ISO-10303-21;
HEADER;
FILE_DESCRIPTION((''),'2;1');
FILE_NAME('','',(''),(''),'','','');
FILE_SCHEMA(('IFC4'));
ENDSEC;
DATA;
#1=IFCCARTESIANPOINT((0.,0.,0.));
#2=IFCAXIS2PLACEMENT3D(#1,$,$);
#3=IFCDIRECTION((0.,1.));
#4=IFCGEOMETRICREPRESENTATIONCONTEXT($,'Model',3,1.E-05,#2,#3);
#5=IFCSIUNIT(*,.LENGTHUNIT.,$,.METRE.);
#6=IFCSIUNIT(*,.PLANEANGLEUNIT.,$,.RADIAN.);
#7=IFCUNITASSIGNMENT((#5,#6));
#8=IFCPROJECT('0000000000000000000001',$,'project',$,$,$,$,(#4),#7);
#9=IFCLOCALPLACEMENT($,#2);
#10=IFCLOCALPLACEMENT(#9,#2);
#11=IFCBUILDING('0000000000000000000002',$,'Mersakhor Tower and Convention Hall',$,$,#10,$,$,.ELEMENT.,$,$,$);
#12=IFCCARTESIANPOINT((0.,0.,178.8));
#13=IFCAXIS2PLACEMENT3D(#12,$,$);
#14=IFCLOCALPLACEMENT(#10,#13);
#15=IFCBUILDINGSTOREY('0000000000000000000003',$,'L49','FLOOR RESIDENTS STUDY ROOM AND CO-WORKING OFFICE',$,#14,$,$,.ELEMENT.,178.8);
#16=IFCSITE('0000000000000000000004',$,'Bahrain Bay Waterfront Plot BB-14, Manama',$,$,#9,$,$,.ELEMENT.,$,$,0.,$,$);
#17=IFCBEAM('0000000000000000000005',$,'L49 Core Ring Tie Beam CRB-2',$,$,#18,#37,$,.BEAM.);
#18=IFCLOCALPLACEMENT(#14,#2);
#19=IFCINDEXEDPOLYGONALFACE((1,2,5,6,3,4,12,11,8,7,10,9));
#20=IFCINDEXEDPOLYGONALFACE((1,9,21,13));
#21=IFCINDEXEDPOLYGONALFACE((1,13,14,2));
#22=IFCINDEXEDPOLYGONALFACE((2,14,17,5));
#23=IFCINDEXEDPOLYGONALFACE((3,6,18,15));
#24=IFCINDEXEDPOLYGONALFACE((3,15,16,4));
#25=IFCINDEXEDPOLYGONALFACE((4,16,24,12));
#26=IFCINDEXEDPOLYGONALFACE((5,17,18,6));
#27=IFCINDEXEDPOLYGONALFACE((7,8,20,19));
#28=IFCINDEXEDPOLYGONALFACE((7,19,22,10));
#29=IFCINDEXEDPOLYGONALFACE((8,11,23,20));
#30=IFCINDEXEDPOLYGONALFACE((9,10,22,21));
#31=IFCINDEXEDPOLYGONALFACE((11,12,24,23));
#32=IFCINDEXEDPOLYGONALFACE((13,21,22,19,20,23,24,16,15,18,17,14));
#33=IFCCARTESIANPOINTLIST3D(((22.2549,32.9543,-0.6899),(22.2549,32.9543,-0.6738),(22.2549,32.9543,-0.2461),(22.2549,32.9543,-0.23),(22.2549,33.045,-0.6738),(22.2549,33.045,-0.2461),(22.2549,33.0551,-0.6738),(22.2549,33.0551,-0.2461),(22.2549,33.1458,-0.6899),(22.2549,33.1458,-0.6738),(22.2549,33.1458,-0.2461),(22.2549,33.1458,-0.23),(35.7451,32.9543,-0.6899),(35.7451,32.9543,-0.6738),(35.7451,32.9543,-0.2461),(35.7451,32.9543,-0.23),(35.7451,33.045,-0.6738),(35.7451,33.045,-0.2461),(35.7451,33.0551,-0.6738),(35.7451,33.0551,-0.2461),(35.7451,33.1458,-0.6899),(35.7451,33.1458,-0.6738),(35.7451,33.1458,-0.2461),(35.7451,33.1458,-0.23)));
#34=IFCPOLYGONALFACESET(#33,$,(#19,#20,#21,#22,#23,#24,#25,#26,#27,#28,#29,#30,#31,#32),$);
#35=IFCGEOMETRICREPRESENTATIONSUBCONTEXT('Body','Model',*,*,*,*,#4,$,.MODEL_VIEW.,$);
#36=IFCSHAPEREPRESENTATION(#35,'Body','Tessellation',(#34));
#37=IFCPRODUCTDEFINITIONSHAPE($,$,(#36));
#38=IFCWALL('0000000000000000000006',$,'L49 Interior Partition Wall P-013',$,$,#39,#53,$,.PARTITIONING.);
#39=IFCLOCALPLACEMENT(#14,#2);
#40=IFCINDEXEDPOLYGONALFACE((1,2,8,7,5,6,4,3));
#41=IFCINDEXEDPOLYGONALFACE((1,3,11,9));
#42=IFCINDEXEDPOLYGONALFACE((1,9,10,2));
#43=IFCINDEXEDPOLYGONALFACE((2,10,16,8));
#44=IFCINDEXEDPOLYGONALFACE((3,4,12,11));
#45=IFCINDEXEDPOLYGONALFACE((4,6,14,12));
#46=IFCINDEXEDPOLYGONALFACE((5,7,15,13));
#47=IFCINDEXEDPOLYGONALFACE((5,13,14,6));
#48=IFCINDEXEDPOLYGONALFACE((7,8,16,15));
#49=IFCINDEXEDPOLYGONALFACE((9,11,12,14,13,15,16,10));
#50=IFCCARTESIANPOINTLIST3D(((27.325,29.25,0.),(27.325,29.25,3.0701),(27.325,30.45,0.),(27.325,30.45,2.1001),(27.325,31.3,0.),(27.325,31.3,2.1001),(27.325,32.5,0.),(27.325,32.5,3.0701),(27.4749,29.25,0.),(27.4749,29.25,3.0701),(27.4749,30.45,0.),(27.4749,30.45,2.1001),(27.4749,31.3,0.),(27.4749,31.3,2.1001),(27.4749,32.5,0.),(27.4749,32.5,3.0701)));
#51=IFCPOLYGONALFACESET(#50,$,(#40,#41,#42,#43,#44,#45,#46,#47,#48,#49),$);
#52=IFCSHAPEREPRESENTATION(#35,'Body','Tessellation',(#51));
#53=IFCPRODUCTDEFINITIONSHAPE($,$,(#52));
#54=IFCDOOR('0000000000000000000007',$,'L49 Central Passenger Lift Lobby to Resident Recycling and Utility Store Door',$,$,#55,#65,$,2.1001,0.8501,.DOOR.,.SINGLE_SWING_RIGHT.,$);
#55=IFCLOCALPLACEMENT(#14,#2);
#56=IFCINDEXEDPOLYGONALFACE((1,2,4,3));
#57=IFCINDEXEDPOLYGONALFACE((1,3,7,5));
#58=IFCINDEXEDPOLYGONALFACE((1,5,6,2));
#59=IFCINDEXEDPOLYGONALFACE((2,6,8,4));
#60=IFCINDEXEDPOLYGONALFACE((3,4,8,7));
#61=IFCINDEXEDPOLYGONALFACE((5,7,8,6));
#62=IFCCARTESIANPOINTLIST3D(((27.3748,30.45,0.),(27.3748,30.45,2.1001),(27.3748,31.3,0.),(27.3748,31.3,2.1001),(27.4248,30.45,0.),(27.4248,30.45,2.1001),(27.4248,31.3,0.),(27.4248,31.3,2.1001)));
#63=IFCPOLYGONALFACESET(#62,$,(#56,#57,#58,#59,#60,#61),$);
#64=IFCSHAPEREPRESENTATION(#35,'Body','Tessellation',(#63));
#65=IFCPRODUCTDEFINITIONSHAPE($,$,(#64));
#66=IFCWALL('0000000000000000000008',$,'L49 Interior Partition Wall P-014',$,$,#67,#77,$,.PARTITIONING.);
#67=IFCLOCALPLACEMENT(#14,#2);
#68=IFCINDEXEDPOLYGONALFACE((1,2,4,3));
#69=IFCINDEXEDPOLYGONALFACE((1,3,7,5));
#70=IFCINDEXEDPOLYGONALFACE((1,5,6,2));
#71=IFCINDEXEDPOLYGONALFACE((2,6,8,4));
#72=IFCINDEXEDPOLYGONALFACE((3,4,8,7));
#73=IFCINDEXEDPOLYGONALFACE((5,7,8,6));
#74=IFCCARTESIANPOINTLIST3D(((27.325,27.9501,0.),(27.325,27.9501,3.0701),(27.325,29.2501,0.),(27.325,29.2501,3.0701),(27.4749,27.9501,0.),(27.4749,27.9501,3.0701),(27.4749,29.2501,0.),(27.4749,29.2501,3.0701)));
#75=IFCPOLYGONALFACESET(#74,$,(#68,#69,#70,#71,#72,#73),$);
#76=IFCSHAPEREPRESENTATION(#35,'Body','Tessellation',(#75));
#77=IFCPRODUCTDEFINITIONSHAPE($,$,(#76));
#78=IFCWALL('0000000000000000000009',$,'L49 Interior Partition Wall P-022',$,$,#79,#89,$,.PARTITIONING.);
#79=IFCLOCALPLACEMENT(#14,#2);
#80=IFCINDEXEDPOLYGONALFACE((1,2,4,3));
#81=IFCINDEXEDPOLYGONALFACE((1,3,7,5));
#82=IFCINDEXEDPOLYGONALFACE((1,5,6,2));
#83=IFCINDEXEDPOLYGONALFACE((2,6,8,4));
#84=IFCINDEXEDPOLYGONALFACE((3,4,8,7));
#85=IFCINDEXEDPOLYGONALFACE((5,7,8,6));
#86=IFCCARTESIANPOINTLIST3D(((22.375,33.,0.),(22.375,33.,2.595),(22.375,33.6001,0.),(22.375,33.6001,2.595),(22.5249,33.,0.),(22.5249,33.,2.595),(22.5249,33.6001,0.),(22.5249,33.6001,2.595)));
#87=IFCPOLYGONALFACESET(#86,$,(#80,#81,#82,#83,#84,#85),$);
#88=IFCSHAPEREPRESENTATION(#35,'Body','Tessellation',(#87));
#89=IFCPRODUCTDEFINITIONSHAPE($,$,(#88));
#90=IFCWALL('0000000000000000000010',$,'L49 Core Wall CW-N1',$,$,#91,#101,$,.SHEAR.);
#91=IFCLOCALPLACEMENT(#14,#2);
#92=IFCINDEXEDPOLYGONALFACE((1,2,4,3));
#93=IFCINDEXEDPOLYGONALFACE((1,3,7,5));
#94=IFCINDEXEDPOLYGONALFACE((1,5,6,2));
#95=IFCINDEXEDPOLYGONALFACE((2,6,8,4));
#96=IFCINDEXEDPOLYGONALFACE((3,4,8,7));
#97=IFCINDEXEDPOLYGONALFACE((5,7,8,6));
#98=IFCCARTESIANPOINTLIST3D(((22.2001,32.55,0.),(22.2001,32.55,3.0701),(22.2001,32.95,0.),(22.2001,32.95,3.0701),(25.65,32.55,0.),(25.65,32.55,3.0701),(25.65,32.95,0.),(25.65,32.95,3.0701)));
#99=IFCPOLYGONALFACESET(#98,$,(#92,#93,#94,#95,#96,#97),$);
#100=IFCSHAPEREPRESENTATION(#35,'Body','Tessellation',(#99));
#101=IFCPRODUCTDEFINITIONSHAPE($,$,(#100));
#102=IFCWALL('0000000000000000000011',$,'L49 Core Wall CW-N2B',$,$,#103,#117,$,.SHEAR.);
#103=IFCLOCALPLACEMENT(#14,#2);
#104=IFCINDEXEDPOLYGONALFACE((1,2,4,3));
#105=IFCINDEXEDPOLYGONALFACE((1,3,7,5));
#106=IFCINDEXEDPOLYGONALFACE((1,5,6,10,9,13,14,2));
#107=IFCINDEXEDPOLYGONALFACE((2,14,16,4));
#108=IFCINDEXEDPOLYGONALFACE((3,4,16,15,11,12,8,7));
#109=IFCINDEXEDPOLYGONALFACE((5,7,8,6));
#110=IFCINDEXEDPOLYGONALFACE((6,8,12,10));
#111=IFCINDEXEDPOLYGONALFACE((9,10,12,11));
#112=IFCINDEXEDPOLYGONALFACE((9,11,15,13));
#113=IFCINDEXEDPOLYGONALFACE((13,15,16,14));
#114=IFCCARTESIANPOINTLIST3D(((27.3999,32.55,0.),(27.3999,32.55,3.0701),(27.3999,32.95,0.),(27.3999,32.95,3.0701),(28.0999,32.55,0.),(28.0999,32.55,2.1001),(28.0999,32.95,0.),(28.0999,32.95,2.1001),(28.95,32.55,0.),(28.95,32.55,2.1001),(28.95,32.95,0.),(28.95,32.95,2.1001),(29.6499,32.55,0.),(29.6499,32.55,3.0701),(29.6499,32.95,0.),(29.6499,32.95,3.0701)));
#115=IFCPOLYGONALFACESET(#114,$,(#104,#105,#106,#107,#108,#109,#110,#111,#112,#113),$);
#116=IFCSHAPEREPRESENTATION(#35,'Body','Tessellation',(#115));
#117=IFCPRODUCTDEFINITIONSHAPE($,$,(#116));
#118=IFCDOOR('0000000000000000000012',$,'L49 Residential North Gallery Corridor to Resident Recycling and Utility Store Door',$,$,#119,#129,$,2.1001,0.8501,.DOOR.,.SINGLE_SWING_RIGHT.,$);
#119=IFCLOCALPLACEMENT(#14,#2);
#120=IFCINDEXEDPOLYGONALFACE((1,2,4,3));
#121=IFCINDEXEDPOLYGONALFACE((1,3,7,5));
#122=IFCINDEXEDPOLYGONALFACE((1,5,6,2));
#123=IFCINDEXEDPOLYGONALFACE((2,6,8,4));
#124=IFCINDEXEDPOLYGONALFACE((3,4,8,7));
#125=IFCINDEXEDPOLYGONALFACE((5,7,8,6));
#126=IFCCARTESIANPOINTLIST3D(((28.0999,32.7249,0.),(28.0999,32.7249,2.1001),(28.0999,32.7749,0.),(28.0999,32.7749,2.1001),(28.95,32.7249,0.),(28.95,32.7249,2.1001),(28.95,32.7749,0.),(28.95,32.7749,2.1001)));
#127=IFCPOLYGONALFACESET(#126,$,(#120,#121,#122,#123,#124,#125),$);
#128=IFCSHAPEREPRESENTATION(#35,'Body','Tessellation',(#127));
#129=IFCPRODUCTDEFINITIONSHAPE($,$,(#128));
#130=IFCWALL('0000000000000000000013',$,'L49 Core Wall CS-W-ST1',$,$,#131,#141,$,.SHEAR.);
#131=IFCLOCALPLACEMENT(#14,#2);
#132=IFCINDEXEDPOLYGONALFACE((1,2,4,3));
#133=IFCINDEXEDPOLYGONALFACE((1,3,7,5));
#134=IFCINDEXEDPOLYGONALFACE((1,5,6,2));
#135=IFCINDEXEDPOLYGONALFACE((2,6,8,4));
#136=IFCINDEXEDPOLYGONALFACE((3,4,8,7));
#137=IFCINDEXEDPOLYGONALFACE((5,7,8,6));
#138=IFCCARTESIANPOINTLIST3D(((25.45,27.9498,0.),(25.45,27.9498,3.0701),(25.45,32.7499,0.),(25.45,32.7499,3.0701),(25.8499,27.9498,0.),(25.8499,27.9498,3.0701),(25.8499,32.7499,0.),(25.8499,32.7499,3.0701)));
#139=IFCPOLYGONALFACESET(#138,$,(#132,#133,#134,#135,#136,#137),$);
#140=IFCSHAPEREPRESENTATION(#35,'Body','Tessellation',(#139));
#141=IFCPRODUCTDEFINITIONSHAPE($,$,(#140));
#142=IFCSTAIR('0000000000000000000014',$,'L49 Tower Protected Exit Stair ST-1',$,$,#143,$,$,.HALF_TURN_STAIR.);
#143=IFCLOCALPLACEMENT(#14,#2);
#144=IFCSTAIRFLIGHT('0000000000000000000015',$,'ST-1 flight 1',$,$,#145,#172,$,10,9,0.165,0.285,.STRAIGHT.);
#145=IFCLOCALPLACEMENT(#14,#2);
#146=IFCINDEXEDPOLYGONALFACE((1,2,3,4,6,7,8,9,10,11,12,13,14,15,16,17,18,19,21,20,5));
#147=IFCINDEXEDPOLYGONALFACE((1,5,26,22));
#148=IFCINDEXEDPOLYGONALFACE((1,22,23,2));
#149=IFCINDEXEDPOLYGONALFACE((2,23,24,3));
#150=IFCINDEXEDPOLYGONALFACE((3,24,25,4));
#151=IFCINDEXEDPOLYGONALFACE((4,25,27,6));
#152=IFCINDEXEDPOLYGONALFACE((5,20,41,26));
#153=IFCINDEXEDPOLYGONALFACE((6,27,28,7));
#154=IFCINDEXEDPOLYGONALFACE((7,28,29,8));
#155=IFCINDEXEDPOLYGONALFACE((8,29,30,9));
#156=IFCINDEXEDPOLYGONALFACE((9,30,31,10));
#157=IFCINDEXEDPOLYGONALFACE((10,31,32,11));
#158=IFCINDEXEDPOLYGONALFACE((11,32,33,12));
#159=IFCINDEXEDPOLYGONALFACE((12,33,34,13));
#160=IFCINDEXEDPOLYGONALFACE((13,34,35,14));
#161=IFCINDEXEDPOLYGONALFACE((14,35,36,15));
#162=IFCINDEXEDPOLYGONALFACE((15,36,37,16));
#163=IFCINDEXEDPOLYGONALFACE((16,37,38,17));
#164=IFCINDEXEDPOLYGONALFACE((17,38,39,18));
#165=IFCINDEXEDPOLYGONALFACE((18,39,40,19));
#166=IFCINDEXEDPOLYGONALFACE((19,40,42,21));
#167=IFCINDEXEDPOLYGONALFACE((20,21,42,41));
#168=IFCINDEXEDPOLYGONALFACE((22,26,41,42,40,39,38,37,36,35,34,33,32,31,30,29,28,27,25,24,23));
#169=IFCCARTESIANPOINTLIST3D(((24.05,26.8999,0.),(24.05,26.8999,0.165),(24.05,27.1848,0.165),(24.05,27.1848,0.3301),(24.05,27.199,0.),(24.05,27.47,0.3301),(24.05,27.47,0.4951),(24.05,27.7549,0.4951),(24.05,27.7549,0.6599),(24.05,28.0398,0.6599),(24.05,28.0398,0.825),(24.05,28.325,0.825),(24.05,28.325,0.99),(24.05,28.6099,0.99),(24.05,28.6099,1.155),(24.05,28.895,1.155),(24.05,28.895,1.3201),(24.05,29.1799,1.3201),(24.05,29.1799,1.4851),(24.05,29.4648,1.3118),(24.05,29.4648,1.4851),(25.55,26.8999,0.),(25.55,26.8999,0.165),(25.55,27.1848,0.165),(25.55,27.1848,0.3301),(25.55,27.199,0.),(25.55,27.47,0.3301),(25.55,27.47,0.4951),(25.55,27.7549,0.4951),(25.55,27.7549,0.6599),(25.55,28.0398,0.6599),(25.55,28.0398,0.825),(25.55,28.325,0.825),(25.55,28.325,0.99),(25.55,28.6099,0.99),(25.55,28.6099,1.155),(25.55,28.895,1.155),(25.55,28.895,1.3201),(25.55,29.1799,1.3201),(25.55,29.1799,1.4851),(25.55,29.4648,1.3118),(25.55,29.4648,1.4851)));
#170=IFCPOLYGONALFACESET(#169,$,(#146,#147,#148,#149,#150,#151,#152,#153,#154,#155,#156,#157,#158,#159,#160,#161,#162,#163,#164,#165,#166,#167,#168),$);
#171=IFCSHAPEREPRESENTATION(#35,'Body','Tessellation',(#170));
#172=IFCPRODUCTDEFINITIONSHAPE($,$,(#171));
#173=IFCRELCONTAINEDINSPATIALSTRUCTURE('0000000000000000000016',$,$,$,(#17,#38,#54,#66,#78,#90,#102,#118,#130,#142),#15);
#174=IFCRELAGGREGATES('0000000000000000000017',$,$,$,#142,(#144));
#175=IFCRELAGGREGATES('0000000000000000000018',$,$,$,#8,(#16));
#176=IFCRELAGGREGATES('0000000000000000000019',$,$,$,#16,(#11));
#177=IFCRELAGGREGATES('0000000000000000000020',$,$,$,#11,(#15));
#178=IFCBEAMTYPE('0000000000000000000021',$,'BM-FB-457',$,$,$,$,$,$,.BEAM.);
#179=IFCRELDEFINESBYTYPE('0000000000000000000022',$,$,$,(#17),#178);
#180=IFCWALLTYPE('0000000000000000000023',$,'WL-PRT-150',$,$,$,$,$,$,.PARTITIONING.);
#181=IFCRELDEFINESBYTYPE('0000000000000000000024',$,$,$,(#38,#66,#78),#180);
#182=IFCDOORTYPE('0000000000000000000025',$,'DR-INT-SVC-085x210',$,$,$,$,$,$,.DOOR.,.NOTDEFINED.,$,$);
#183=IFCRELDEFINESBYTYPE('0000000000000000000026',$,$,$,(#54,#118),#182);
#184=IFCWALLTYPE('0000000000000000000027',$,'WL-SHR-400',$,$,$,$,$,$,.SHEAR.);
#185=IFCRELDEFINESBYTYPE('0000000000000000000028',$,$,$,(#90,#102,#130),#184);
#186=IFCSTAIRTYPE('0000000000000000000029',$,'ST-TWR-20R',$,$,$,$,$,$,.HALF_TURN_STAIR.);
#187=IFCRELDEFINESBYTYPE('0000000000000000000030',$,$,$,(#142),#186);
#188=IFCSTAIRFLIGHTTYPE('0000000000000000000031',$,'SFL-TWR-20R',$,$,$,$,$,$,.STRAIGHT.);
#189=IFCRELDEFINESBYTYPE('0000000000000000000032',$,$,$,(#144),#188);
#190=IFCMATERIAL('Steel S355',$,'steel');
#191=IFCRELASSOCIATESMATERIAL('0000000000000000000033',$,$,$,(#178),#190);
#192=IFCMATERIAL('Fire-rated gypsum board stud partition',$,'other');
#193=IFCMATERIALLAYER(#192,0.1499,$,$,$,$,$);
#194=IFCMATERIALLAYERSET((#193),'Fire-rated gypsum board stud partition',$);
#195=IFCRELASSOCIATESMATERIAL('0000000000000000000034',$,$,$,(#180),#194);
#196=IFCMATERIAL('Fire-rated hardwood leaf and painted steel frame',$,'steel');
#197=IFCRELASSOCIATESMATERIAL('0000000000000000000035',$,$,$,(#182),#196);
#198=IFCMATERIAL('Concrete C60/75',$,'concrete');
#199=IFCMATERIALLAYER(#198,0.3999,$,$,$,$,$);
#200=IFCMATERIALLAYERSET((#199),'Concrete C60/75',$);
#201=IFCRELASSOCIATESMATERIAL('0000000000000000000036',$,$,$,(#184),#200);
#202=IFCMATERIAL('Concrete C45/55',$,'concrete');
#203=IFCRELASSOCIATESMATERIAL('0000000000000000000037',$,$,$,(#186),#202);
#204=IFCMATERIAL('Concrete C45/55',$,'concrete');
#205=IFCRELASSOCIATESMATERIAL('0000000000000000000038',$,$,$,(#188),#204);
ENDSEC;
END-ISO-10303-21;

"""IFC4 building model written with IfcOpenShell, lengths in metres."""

from ifc_helpers import new_model, si_unit, direction, frame, frame_2d, origin, origin_2d, place, context, subcontext, project, spatial, polyline, rectangle, i_section, outline, extrude, material, layer, layer_set, material_profile, profile_set, type_object, element, fill, aggregate, save


model = new_model("IFC4")

# Units and contexts
model_context = context("Model", 3, precision=1e-05, world=origin(), true_north=direction((0.0, 1.0)))
body_context = subcontext(model_context, "Body", "Model", "MODEL_VIEW")
ifc_project = project(units=[si_unit("LENGTHUNIT", "METRE"), si_unit("PLANEANGLEUNIT", "RADIAN")], contexts=[model_context])

# Site, building, storey
site_placement = place(None, origin())
site = spatial("IfcSite", under=ifc_project, at=site_placement, Name="Bahrain Bay Waterfront Plot BB-14, Manama", CompositionType="ELEMENT", RefElevation=0.0)
building_placement = place(site_placement, origin())
building = spatial("IfcBuilding", under=site, at=building_placement, Name="Mersakhor Tower and Convention Hall", CompositionType="ELEMENT")
storey_placement = place(building_placement, frame((0.0, 0.0, 178.8)))
storey = spatial("IfcBuildingStorey", under=building, at=storey_placement, Name="L49", Description="FLOOR RESIDENTS STUDY ROOM AND CO-WORKING OFFICE", CompositionType="ELEMENT", Elevation=178.8)

# Beam
ifc_material_1 = material(Name="Steel S355", Category="steel")
ifc_material_profile = material_profile(ifc_material_1, i_section(OverallWidth=0.1914, OverallDepth=0.46, WebThickness=0.01, FlangeThickness=0.0161, at=origin_2d()), Name="UB 457x191x82")
ifc_profile_set = profile_set([ifc_material_profile], Name="Steel S355")
beam_type = type_object("IfcBeamType", Name="BM-FB-457", PredefinedType="BEAM", material=ifc_profile_set)
beam_placement = place(storey_placement, frame((22.2549, 33.05, -0.46), z_axis=(1.0, 0.0, 0.0), x_axis=(0.0, 1.0, 0.0)))
element("IfcBeam", 1, at=beam_placement, inside=storey, type_object=beam_type, Name="L49 Core Ring Tie Beam CRB-2", PredefinedType="BEAM", context=body_context, shape_type="SweptSolid", body=[
    extrude(i_section(OverallWidth=0.1914, OverallDepth=0.46, WebThickness=0.01, FlangeThickness=0.0161, at=origin_2d()), origin(), (0.0, 0.0, 1.0), 13.4902),
])

# Wall, opening, door
ifc_material_2 = material(Name="Fire-rated gypsum board stud partition", Category="other")
ifc_layer_1 = layer(ifc_material_2, 0.1499)
ifc_layer_set_1 = layer_set([ifc_layer_1], Name="Fire-rated gypsum board stud partition")
wall_type_1 = type_object("IfcWallType", Name="WL-PRT-150", PredefinedType="PARTITIONING", material=ifc_layer_set_1)
wall_1_placement = place(storey_placement, frame((27.3999, 32.5, 0.0), z_axis=(0.0, 0.0, 1.0), x_axis=(0.0, -1.0, 0.0)))
wall_1 = element("IfcWall", 2, at=wall_1_placement, inside=storey, type_object=wall_type_1, Name="L49 Interior Partition Wall P-013", PredefinedType="PARTITIONING", context=body_context, shape_type="SweptSolid", body=[
    extrude(rectangle(XDim=3.25, YDim=0.1499, at=frame_2d((1.625, 0.0))), origin(), (0.0, 0.0, 1.0), 3.0701),
])
opening_1_placement = place(wall_1_placement, frame((1.2, 0.0, 0.0)))
opening_1 = element("IfcOpeningElement", 3, at=opening_1_placement, cuts=wall_1, PredefinedType="OPENING", context=body_context, shape_type="SweptSolid", body=[
    extrude(rectangle(XDim=0.8501, YDim=2.1001, at=frame_2d((0.425, 1.05))), frame((0.0, 0.085, 0.0), z_axis=(0.0, -1.0, 0.0), x_axis=(1.0, 0.0, 0.0)), (0.0, 0.0, 1.0), 0.1699),
])
ifc_material_3 = material(Name="Fire-rated hardwood leaf and painted steel frame", Category="steel")
door_type_1 = type_object("IfcDoorType", Name="DR-INT-SVC-085x210", OperationType="NOTDEFINED", PredefinedType="DOOR", material=ifc_material_3)
door_1_placement = place(opening_1_placement, origin())
door_1 = element("IfcDoor", 4, at=door_1_placement, inside=storey, type_object=door_type_1, Name="L49 Central Passenger Lift Lobby to Resident Recycling and Utility Store Door", OperationType="SINGLE_SWING_RIGHT", OverallHeight=2.1001, OverallWidth=0.8501, PredefinedType="DOOR", context=body_context, shape_type="SweptSolid", body=[
    extrude(rectangle(XDim=0.8501, YDim=2.1001, at=frame_2d((0.425, 1.05))), frame((0.0, 0.0249, 0.0), z_axis=(0.0, -1.0, 0.0), x_axis=(1.0, 0.0, 0.0)), (0.0, 0.0, 1.0), 0.05),
])
fill(opening_1, door_1)

# Wall
wall_2_placement = place(storey_placement, frame((27.3999, 29.25, 0.0), z_axis=(0.0, 0.0, 1.0), x_axis=(0.0, -1.0, 0.0)))
element("IfcWall", 5, at=wall_2_placement, inside=storey, type_object=wall_type_1, Name="L49 Interior Partition Wall P-014", PredefinedType="PARTITIONING", context=body_context, shape_type="SweptSolid", body=[
    extrude(rectangle(XDim=1.3, YDim=0.1499, at=frame_2d((0.6499, 0.0))), origin(), (0.0, 0.0, 1.0), 3.0701),
])

# Wall
wall_3_placement = place(storey_placement, frame((22.45, 33.0, 0.0), z_axis=(0.0, 0.0, 1.0), x_axis=(0.0, 1.0, 0.0)))
element("IfcWall", 6, at=wall_3_placement, inside=storey, type_object=wall_type_1, Name="L49 Interior Partition Wall P-022", PredefinedType="PARTITIONING", context=body_context, shape_type="SweptSolid", body=[
    extrude(rectangle(XDim=0.6001, YDim=0.1499, at=frame_2d((0.3, 0.0))), origin(), (0.0, 0.0, 1.0), 2.595),
])

# Wall
ifc_material_4 = material(Name="Concrete C60/75", Category="concrete")
ifc_layer_2 = layer(ifc_material_4, 0.3999)
ifc_layer_set_2 = layer_set([ifc_layer_2], Name="Concrete C60/75")
wall_type_2 = type_object("IfcWallType", Name="WL-SHR-400", PredefinedType="SHEAR", material=ifc_layer_set_2)
wall_4_placement = place(storey_placement, frame((22.2, 32.75, 0.0), z_axis=(0.0, 0.0, 1.0), x_axis=(1.0, 0.0, 0.0)))
element("IfcWall", 7, at=wall_4_placement, inside=storey, type_object=wall_type_2, Name="L49 Core Wall CW-N1", PredefinedType="SHEAR", context=body_context, shape_type="SweptSolid", body=[
    extrude(rectangle(XDim=3.45, YDim=0.3999, at=frame_2d((1.7251, 0.0))), origin(), (0.0, 0.0, 1.0), 3.0701),
])

# Wall, opening, door
wall_5_placement = place(storey_placement, frame((27.3999, 32.75, 0.0), z_axis=(0.0, 0.0, 1.0), x_axis=(1.0, 0.0, 0.0)))
wall_5 = element("IfcWall", 8, at=wall_5_placement, inside=storey, type_object=wall_type_2, Name="L49 Core Wall CW-N2B", PredefinedType="SHEAR", context=body_context, shape_type="SweptSolid", body=[
    extrude(rectangle(XDim=2.25, YDim=0.3999, at=frame_2d((1.125, 0.0))), origin(), (0.0, 0.0, 1.0), 3.0701),
])
opening_2_placement = place(wall_5_placement, frame((0.7, 0.0, 0.0)))
opening_2 = element("IfcOpeningElement", 9, at=opening_2_placement, cuts=wall_5, PredefinedType="OPENING", context=body_context, shape_type="SweptSolid", body=[
    extrude(rectangle(XDim=0.8501, YDim=2.1001, at=frame_2d((0.425, 1.05))), frame((0.0, 0.21, 0.0), z_axis=(0.0, -1.0, 0.0), x_axis=(1.0, 0.0, 0.0)), (0.0, 0.0, 1.0), 0.4199),
])
door_2_placement = place(opening_2_placement, origin())
door_2 = element("IfcDoor", 10, at=door_2_placement, inside=storey, type_object=door_type_1, Name="L49 Residential North Gallery Corridor to Resident Recycling and Utility Store Door", OperationType="SINGLE_SWING_RIGHT", OverallHeight=2.1001, OverallWidth=0.8501, PredefinedType="DOOR", context=body_context, shape_type="SweptSolid", body=[
    extrude(rectangle(XDim=0.8501, YDim=2.1001, at=frame_2d((0.425, 1.05))), frame((0.0, 0.0249, 0.0), z_axis=(0.0, -1.0, 0.0), x_axis=(1.0, 0.0, 0.0)), (0.0, 0.0, 1.0), 0.05),
])
fill(opening_2, door_2)

# Wall
wall_6_placement = place(storey_placement, frame((25.6499, 27.95, 0.0), z_axis=(0.0, 0.0, 1.0), x_axis=(0.0, 1.0, 0.0)))
element("IfcWall", 11, at=wall_6_placement, inside=storey, type_object=wall_type_2, Name="L49 Core Wall CS-W-ST1", PredefinedType="SHEAR", context=body_context, shape_type="SweptSolid", body=[
    extrude(rectangle(XDim=4.8, YDim=0.3999, at=frame_2d((2.3999, 0.0))), origin(), (0.0, 0.0, 1.0), 3.0701),
])

# Stair, stair flight
ifc_material_5 = material(Name="Concrete C45/55", Category="concrete")
stair_type = type_object("IfcStairType", Name="ST-TWR-20R", PredefinedType="HALF_TURN_STAIR", material=ifc_material_5)
stair_placement = place(storey_placement, origin())
stair = element("IfcStair", 12, at=stair_placement, inside=storey, type_object=stair_type, Name="L49 Tower Protected Exit Stair ST-1", PredefinedType="HALF_TURN_STAIR")
ifc_material_6 = material(Name="Concrete C45/55", Category="concrete")
stair_flight_type = type_object("IfcStairFlightType", Name="SFL-TWR-20R", PredefinedType="STRAIGHT", material=ifc_material_6)
stair_flight_1_placement = place(storey_placement, frame((24.8, 26.8999, 0.0), z_axis=(0.0, 0.0, 1.0), x_axis=(0.0, 1.0, 0.0)))
stair_flight_1 = element("IfcStairFlight", 13, at=stair_flight_1_placement, type_object=stair_flight_type, Name="ST-1 flight 1", NumberOfRisers=10, NumberOfTreads=9, PredefinedType="STRAIGHT", RiserHeight=0.165, TreadLength=0.285, context=body_context, shape_type="SweptSolid", body=[
    extrude(outline(polyline([(0.0, 0.0), (0.0, 0.165), (0.2849, 0.165), (0.2849, 0.3301), (0.5701, 0.3301), (0.5701, 0.4951), (0.855, 0.4951), (0.855, 0.6599), (1.1399, 0.6599), (1.1399, 0.825), (1.425, 0.825), (1.425, 0.99), (1.71, 0.99), (1.71, 1.155), (1.9951, 1.155), (1.9951, 1.3201), (2.28, 1.3201), (2.28, 1.4851), (2.5649, 1.4851), (2.5649, 1.6499), (2.5649, 1.3118), (0.2991, 0.0), (0.0, 0.0)])), frame((0.0, 0.75, 0.0), z_axis=(0.0, -1.0, 0.0), x_axis=(1.0, 0.0, 0.0)), (0.0, 0.0, 1.0), 1.5),
])
aggregate(stair, [stair_flight_1])

save(model, "model.ifc")
